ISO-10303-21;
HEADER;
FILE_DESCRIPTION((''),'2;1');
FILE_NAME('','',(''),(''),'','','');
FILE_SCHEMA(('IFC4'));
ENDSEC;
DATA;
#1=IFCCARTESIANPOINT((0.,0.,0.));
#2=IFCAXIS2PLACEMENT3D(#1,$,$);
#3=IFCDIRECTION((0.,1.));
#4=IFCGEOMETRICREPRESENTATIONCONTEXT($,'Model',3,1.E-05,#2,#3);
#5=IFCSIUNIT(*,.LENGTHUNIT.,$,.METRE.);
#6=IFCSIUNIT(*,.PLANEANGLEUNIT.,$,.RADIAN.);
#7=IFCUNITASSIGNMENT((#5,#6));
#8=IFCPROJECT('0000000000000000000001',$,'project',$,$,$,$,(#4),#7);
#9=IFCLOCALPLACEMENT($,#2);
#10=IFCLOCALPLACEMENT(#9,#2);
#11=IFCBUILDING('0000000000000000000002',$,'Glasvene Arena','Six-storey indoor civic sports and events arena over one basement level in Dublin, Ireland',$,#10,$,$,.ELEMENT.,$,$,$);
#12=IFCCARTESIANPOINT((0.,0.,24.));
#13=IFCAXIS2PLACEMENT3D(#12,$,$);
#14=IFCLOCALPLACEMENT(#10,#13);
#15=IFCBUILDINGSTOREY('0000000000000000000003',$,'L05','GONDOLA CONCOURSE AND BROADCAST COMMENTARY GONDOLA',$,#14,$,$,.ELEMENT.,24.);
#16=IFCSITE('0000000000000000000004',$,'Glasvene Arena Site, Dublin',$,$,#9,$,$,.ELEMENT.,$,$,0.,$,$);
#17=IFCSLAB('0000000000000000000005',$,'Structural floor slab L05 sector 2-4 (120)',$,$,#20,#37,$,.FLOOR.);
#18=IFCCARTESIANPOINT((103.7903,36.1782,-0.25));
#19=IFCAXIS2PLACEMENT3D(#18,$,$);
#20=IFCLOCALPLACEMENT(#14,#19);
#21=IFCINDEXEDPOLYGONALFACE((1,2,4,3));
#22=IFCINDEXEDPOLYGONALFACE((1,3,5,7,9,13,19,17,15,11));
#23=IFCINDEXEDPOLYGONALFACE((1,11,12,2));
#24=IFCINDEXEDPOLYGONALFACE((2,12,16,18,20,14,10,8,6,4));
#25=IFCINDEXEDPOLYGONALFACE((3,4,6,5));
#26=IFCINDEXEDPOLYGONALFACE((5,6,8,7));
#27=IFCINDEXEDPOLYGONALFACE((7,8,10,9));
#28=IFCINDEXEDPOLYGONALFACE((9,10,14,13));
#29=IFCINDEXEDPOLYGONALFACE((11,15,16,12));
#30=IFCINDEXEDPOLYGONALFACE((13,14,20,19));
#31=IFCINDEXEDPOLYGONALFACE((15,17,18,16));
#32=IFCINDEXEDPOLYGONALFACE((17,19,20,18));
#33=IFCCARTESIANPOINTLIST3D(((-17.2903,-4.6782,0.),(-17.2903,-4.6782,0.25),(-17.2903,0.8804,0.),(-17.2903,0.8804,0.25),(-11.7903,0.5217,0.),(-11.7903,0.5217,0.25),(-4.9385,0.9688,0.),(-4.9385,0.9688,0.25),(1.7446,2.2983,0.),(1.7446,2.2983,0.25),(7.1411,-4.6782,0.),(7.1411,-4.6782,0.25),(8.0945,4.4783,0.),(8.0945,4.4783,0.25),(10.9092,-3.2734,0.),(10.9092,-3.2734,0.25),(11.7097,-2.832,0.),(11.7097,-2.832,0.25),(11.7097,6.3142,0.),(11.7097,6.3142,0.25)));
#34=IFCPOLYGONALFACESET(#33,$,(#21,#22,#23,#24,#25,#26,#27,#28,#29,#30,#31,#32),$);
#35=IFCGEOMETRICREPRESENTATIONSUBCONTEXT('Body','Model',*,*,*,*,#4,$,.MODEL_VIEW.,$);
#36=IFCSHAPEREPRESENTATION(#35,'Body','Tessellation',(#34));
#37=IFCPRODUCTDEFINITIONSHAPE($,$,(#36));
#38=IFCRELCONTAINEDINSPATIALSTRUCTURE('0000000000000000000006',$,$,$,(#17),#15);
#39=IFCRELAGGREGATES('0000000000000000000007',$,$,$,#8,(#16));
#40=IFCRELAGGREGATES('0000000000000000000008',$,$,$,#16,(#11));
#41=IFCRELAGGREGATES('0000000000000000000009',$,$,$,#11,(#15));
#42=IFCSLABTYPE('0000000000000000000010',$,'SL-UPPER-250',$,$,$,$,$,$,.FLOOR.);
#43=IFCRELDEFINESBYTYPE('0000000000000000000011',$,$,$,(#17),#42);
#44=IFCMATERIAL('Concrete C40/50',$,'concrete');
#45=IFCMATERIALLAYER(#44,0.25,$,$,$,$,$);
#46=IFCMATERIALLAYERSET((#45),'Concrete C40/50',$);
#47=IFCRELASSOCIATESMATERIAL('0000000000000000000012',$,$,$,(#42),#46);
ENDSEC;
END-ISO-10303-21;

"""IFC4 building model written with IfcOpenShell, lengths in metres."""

from ifc_helpers import new_model, si_unit, direction, frame, origin, place, context, subcontext, project, spatial, polyline, outline, extrude, material, layer, layer_set, type_object, element, save


model = new_model("IFC4")

# Units and contexts
model_context = context("Model", 3, precision=1e-05, world=origin(), true_north=direction((0.0, 1.0)))
body_context = subcontext(model_context, "Body", "Model", "MODEL_VIEW")
ifc_project = project(units=[si_unit("LENGTHUNIT", "METRE"), si_unit("PLANEANGLEUNIT", "RADIAN")], contexts=[model_context])

# Site, building, storey
site_placement = place(None, origin())
site = spatial("IfcSite", under=ifc_project, at=site_placement, Name="Glasvene Arena Site, Dublin", CompositionType="ELEMENT", RefElevation=0.0)
building_placement = place(site_placement, origin())
building = spatial("IfcBuilding", under=site, at=building_placement, Name="Glasvene Arena", Description="Six-storey indoor civic sports and events arena over one basement level in Dublin, Ireland", CompositionType="ELEMENT")
storey_placement = place(building_placement, frame((0.0, 0.0, 24.0)))
storey = spatial("IfcBuildingStorey", under=building, at=storey_placement, Name="L05", Description="GONDOLA CONCOURSE AND BROADCAST COMMENTARY GONDOLA", CompositionType="ELEMENT", Elevation=24.0)

# Slab
ifc_material_1 = material(Name="Concrete C40/50", Category="concrete")
ifc_layer_1 = layer(ifc_material_1, 0.25)
ifc_layer_set_1 = layer_set([ifc_layer_1], Name="Concrete C40/50")
slab_type = type_object("IfcSlabType", Name="SL-UPPER-250", PredefinedType="FLOOR", material=ifc_layer_set_1)
slab_placement = place(storey_placement, frame((103.7903, 36.1782, -0.25)))
element("IfcSlab", 1, at=slab_placement, inside=storey, type_object=slab_type, Name="Structural floor slab L05 sector 2-4 (120)", PredefinedType="FLOOR", context=body_context, shape_type="SweptSolid", body=[
    extrude(outline(polyline([(10.9092, -3.2734), (7.1411, -4.6782), (-17.2903, -4.6782), (-17.2903, 0.8804), (-11.7903, 0.5217), (-4.9385, 0.9688), (1.7446, 2.2983), (8.0945, 4.4783), (11.7097, 6.3142), (11.7097, -2.832), (10.9092, -3.2734)])), origin(), (0.0, 0.0, 1.0), 0.25),
])

save(model, "model.ifc")
